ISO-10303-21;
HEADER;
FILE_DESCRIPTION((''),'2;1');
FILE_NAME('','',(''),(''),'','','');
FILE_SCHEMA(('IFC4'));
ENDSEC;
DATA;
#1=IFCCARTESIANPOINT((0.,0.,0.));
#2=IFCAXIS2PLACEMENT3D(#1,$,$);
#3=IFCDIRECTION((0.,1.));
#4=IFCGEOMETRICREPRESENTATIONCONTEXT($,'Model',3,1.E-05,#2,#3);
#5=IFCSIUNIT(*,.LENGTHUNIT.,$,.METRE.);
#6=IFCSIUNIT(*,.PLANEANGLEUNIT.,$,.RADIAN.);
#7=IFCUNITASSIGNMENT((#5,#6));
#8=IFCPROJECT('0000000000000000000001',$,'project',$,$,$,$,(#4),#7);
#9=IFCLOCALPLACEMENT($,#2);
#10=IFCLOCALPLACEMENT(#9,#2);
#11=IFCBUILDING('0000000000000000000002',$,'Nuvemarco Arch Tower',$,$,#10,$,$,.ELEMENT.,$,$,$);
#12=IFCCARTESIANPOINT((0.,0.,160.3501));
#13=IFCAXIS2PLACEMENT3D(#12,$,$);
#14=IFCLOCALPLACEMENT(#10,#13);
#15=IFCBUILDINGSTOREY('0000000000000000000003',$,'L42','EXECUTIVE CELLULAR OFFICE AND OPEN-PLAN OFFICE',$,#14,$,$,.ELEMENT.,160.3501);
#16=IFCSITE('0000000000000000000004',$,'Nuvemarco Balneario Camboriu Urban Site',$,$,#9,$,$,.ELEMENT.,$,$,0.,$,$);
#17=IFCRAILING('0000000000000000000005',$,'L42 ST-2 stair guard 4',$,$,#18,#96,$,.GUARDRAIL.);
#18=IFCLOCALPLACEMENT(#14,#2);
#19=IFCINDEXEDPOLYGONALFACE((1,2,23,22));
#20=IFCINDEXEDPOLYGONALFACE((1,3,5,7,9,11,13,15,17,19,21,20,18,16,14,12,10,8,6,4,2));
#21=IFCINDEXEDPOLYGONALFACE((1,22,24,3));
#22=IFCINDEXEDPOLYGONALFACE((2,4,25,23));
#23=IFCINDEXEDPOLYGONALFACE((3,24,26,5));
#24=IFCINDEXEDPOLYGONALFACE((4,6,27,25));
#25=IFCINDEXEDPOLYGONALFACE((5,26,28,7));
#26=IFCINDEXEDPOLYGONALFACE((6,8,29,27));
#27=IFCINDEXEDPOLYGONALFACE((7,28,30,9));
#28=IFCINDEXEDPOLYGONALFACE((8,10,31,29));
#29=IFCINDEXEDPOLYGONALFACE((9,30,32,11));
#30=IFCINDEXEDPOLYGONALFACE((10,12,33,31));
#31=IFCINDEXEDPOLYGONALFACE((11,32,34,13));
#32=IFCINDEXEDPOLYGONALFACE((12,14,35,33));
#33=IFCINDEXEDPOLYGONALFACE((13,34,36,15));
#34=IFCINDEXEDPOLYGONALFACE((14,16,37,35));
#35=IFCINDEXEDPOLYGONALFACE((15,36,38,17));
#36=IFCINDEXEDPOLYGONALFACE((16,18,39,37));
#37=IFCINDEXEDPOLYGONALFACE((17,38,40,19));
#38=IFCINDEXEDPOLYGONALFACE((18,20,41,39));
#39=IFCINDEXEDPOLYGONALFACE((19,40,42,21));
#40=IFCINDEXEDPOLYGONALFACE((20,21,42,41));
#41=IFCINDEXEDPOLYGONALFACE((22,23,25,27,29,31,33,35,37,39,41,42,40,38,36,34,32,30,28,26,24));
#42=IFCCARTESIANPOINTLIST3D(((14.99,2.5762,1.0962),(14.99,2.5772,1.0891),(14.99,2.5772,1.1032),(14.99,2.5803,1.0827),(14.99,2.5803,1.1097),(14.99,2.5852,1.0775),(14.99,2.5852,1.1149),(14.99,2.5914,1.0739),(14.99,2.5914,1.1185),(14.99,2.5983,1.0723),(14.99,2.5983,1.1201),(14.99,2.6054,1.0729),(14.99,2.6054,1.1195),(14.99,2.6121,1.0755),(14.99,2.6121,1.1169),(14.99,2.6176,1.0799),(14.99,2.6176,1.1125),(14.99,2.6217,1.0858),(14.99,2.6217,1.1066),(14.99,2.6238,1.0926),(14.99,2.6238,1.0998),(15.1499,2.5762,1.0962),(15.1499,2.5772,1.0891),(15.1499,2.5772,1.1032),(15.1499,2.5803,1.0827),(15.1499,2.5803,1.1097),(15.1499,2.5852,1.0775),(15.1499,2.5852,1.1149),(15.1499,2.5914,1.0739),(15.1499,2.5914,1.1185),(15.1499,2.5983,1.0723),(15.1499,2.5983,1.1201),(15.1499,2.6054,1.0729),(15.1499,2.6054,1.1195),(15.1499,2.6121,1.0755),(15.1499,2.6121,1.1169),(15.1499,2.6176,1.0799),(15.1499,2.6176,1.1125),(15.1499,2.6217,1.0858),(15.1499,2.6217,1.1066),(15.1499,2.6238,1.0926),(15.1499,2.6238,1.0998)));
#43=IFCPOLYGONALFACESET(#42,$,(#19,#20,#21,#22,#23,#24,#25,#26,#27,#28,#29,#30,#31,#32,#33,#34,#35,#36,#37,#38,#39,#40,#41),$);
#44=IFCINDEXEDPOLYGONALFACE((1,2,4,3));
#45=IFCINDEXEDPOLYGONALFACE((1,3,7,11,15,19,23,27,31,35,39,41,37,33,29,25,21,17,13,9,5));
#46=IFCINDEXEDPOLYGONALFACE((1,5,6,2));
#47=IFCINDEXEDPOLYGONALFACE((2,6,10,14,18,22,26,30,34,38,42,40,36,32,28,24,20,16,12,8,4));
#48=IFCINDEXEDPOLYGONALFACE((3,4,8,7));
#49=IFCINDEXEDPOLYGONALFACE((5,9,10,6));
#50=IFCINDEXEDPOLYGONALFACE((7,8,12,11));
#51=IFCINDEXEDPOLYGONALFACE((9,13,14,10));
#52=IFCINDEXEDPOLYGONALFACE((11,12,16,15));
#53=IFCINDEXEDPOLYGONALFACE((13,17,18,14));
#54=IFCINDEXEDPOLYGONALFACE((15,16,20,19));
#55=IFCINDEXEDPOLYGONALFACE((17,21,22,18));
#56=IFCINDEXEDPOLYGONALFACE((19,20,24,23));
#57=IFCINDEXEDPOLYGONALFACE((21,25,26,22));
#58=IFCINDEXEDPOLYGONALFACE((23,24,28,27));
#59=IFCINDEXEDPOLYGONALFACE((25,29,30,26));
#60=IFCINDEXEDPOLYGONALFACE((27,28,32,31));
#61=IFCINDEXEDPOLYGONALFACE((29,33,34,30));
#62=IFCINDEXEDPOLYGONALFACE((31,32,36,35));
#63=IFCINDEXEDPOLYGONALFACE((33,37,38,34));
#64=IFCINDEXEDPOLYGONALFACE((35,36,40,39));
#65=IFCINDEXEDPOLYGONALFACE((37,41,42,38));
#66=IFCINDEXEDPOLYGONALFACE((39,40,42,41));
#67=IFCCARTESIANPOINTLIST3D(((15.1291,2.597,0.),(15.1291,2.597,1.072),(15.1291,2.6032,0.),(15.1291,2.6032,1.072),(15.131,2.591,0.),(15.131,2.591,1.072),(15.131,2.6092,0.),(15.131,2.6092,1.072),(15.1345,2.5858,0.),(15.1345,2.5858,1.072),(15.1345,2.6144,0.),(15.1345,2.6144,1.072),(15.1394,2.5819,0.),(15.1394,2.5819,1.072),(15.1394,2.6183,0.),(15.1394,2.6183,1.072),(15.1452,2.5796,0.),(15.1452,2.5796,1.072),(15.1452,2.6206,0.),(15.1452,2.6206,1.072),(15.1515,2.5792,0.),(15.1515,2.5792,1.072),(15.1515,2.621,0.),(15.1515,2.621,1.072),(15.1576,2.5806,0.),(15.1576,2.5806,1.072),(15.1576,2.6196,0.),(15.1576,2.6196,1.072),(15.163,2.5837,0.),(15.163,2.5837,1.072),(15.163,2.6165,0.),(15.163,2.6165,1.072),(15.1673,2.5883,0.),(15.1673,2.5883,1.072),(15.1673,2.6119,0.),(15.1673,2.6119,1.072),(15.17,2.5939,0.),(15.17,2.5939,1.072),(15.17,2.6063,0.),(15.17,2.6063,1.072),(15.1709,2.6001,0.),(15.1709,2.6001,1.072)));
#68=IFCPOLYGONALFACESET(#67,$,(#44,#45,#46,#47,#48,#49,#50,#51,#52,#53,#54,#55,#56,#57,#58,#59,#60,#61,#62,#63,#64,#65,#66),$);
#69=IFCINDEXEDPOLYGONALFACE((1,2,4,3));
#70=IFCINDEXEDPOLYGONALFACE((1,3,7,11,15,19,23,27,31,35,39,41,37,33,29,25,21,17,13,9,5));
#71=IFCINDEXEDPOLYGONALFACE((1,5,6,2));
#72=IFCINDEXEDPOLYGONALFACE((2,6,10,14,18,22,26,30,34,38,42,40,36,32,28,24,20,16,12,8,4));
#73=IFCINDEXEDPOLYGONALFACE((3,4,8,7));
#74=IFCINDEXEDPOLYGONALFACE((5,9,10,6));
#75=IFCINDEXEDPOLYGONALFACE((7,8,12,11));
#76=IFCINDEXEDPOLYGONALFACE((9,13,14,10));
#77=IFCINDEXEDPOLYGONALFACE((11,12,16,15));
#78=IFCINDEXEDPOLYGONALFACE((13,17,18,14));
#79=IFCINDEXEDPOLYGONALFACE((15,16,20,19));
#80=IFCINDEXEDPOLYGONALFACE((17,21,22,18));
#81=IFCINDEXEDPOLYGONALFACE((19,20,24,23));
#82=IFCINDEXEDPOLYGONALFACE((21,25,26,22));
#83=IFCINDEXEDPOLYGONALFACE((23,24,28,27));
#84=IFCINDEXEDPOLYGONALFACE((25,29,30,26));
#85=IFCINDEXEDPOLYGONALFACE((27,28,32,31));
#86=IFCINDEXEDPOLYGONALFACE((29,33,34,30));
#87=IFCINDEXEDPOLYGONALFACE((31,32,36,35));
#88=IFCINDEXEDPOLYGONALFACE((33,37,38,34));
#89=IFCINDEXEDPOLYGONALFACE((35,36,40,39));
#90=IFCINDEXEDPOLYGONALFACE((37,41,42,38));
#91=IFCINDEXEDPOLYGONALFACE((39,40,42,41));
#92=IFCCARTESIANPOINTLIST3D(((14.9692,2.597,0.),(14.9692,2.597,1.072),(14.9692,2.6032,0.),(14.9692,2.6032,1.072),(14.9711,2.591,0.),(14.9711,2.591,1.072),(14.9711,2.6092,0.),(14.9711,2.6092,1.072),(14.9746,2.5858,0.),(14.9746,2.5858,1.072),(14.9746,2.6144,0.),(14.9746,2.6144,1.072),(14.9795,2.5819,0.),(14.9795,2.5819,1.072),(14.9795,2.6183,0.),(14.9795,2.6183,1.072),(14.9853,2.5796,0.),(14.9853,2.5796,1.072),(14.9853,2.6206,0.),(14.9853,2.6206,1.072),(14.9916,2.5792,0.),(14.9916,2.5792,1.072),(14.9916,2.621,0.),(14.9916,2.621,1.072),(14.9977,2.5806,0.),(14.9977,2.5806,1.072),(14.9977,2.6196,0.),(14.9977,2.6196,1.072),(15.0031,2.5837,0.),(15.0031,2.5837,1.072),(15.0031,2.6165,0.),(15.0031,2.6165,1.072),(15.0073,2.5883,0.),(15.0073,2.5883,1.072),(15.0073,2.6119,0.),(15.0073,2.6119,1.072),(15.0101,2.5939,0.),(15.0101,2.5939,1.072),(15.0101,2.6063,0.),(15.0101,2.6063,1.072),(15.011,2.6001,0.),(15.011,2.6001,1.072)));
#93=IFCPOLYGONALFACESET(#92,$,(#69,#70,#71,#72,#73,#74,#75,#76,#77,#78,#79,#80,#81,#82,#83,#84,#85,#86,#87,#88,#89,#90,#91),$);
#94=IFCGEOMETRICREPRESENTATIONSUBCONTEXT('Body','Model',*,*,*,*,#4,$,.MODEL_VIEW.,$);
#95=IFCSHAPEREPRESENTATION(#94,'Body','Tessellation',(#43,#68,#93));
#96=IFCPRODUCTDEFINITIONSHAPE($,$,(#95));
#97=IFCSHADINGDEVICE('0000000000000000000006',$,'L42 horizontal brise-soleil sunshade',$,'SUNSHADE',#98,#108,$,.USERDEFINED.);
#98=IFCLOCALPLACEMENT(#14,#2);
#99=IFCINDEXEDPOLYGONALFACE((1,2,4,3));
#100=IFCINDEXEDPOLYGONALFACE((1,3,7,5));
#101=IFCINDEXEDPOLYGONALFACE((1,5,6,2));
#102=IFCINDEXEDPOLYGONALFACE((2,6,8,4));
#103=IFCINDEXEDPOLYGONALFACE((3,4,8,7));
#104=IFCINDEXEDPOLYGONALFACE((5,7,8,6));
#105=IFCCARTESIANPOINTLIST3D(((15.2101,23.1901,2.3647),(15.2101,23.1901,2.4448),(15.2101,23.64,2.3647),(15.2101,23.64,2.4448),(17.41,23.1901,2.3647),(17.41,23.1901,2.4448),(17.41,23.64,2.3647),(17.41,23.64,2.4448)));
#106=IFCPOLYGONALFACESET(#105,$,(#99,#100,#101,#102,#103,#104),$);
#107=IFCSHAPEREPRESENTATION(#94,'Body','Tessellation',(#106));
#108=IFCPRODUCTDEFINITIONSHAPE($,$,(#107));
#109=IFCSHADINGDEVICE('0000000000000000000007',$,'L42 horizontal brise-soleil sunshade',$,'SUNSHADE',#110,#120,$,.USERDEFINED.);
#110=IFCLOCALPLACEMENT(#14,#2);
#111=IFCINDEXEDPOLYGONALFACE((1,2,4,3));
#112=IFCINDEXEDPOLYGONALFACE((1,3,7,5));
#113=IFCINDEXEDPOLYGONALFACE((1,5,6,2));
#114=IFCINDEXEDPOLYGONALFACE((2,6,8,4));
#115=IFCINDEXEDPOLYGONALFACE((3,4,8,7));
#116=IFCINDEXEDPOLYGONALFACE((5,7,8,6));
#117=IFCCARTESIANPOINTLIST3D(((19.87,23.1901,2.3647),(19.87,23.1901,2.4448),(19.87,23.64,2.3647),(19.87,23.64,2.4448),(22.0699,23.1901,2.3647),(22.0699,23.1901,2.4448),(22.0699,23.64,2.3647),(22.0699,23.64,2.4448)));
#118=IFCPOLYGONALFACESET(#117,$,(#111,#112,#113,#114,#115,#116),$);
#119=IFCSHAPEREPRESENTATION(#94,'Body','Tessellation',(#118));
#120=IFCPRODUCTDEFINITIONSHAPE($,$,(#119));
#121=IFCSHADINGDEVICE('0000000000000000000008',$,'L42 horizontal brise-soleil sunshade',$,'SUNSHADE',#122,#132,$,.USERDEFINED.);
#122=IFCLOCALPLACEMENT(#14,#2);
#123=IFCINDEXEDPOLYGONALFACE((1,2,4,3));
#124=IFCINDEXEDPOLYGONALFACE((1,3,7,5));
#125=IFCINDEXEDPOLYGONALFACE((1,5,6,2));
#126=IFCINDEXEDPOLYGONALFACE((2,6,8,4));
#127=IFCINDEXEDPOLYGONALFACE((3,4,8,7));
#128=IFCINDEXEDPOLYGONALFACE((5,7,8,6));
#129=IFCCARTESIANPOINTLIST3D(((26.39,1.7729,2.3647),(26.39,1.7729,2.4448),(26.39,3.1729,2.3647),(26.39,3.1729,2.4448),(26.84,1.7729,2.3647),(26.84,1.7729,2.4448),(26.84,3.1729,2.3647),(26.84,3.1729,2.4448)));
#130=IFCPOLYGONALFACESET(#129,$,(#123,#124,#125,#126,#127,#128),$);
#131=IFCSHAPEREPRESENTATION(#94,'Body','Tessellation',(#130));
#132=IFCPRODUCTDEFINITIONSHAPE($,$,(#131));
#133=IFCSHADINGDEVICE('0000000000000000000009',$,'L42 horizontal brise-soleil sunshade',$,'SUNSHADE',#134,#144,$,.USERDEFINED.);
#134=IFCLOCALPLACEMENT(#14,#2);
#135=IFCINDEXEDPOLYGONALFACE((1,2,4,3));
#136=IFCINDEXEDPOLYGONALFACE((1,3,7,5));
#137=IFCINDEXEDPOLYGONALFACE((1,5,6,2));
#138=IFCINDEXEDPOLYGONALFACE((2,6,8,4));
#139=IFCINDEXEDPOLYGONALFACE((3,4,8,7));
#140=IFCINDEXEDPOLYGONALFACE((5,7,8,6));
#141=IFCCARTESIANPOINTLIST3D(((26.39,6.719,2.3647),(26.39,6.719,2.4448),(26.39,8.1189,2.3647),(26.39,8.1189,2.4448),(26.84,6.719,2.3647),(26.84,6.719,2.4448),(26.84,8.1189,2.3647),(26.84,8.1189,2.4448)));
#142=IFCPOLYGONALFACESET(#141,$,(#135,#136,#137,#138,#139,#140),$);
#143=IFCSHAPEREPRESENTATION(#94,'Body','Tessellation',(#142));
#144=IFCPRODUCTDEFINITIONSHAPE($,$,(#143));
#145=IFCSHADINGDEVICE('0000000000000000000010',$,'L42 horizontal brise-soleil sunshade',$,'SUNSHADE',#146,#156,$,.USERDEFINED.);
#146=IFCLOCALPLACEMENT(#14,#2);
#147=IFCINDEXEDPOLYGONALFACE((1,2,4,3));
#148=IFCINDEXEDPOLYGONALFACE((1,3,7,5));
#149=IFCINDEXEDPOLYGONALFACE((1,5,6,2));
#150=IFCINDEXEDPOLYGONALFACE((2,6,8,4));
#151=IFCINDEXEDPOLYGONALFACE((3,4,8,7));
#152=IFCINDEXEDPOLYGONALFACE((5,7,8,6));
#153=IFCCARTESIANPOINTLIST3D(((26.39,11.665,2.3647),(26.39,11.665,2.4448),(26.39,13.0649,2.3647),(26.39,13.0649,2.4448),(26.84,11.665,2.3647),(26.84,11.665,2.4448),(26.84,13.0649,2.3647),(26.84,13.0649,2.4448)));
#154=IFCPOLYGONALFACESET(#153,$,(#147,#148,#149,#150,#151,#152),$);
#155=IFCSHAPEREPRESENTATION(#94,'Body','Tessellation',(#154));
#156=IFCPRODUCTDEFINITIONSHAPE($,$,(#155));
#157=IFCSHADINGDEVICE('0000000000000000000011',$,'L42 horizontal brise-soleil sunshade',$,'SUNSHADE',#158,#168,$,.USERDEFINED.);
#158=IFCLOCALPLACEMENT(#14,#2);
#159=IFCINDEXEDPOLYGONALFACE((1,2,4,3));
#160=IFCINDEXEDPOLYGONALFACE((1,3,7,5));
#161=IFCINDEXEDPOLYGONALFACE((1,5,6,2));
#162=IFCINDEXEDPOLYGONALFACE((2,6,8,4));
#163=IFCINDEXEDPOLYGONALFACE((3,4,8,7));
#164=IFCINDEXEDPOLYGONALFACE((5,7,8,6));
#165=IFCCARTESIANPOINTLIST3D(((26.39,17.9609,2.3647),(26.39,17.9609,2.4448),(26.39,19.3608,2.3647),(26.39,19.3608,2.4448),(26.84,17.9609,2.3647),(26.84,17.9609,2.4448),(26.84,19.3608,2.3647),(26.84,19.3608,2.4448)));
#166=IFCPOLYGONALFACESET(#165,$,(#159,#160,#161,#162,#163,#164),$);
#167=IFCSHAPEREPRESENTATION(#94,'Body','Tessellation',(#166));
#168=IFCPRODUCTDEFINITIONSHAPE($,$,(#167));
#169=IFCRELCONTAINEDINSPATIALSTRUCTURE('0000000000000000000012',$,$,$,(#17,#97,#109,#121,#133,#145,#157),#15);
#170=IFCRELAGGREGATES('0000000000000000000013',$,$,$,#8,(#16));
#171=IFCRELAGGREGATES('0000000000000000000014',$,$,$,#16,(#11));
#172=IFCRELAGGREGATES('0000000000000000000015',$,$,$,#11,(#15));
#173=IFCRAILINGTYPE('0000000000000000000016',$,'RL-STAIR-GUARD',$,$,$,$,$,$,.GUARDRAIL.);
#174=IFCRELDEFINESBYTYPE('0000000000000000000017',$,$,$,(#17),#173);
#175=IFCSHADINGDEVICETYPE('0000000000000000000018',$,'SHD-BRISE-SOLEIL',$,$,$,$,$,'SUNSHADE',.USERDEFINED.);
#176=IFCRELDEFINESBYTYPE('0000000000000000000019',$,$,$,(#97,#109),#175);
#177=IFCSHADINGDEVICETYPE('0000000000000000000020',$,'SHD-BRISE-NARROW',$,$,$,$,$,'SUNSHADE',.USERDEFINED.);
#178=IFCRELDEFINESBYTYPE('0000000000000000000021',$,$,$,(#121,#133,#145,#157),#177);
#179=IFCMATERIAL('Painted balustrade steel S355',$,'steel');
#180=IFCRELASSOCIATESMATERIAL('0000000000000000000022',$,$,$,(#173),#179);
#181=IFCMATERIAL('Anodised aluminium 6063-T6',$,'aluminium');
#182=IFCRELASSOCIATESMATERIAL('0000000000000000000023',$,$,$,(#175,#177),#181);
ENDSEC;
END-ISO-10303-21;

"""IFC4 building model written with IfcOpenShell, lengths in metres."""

from ifc_helpers import new_model, si_unit, direction, frame, origin, origin_2d, place, context, subcontext, project, spatial, rectangle, circle, extrude, source, transform, mapped, material, type_object, type_shapes, element, save


model = new_model("IFC4")

# Units and contexts
model_context = context("Model", 3, precision=1e-05, world=origin(), true_north=direction((0.0, 1.0)))
body_context = subcontext(model_context, "Body", "Model", "MODEL_VIEW")
ifc_project = project(units=[si_unit("LENGTHUNIT", "METRE"), si_unit("PLANEANGLEUNIT", "RADIAN")], contexts=[model_context])

# Site, building, storey
site_placement = place(None, origin())
site = spatial("IfcSite", under=ifc_project, at=site_placement, Name="Nuvemarco Balneario Camboriu Urban Site", CompositionType="ELEMENT", RefElevation=0.0)
building_placement = place(site_placement, origin())
building = spatial("IfcBuilding", under=site, at=building_placement, Name="Nuvemarco Arch Tower", CompositionType="ELEMENT")
storey_placement = place(building_placement, frame((0.0, 0.0, 160.3501)))
storey = spatial("IfcBuildingStorey", under=building, at=storey_placement, Name="L42", Description="EXECUTIVE CELLULAR OFFICE AND OPEN-PLAN OFFICE", CompositionType="ELEMENT", Elevation=160.3501)

# Railing
ifc_material_1 = material(Name="Painted balustrade steel S355", Category="steel")
railing_type_1 = type_object("IfcRailingType", Name="RL-STAIR-GUARD", PredefinedType="GUARDRAIL", material=ifc_material_1)
railing_1_placement = place(storey_placement, frame((15.1499, 2.6001, 0.0)))
element("IfcRailing", 1, at=railing_1_placement, inside=storey, type_object=railing_type_1, Name="L42 ST-2 stair guard 4", PredefinedType="GUARDRAIL", context=body_context, shape_type="SweptSolid", body=[
    extrude(circle(Radius=0.0239, at=origin_2d()), frame((0.0, 0.0, 1.0962), z_axis=(-1.0, 0.0, 0.0), x_axis=(0.0, -1.0, 0.0)), (0.0, 0.0, 1.0), 0.1599),
    extrude(circle(Radius=0.021, at=origin_2d()), origin(), (0.0, 0.0, 1.0), 1.072),
    extrude(circle(Radius=0.021, at=origin_2d()), frame((-0.1599, 0.0, 0.0)), (0.0, 0.0, 1.0), 1.072),
])

# Shading devices
ifc_material_2 = material(Name="Anodised aluminium 6063-T6", Category="aluminium")
shading_device_type_1 = type_object("IfcShadingDeviceType", Name="SHD-BRISE-SOLEIL", ElementType="SUNSHADE", PredefinedType="USERDEFINED", material=ifc_material_2)
shared_shape_1 = source(origin(), body_context, "Body", "SweptSolid", [
    extrude(rectangle(XDim=2.2, YDim=0.45, at=origin_2d()), origin(), (0.0, 0.0, 1.0), 0.0801),
])
type_shapes(shading_device_type_1, [shared_shape_1])
for number, where, z_axis, x_axis, name in (
    (2, (16.3101, 23.415, 2.3647), (0.0, 0.0, 1.0), (1.0, 0.0, 0.0), "L42 horizontal brise-soleil sunshade"),
    (3, (20.97, 23.415, 2.3647), (0.0, 0.0, 1.0), (1.0, 0.0, 0.0), "L42 horizontal brise-soleil sunshade"),
):
    element("IfcShadingDevice", number, at=place(storey_placement, frame(where, z_axis=z_axis, x_axis=x_axis)), inside=storey, type_object=shading_device_type_1, Name=name, ObjectType="SUNSHADE", PredefinedType="USERDEFINED", context=body_context, shape_type="MappedRepresentation", body=[
        mapped(shared_shape_1, transform((0.0, 0.0, 0.0), scale=1.0)),
    ])
shading_device_type_2 = type_object("IfcShadingDeviceType", Name="SHD-BRISE-NARROW", ElementType="SUNSHADE", PredefinedType="USERDEFINED", material=ifc_material_2)
shared_shape_2 = source(origin(), body_context, "Body", "SweptSolid", [
    extrude(rectangle(XDim=1.3999, YDim=0.45, at=origin_2d()), origin(), (0.0, 0.0, 1.0), 0.0801),
])
type_shapes(shading_device_type_2, [shared_shape_2])
for number, where, z_axis, x_axis, name in (
    (4, (26.615, 2.4729, 2.3647), (0.0, 0.0, 1.0), (0.0, 1.0, 0.0), "L42 horizontal brise-soleil sunshade"),
    (5, (26.615, 7.4189, 2.3647), (0.0, 0.0, 1.0), (0.0, 1.0, 0.0), "L42 horizontal brise-soleil sunshade"),
    (6, (26.615, 12.365, 2.3647), (0.0, 0.0, 1.0), (0.0, 1.0, 0.0), "L42 horizontal brise-soleil sunshade"),
    (7, (26.615, 18.6609, 2.3647), (0.0, 0.0, 1.0), (0.0, 1.0, 0.0), "L42 horizontal brise-soleil sunshade"),
):
    element("IfcShadingDevice", number, at=place(storey_placement, frame(where, z_axis=z_axis, x_axis=x_axis)), inside=storey, type_object=shading_device_type_2, Name=name, ObjectType="SUNSHADE", PredefinedType="USERDEFINED", context=body_context, shape_type="MappedRepresentation", body=[
        mapped(shared_shape_2, transform((0.0, 0.0, 0.0), scale=1.0)),
    ])

save(model, "model.ifc")
